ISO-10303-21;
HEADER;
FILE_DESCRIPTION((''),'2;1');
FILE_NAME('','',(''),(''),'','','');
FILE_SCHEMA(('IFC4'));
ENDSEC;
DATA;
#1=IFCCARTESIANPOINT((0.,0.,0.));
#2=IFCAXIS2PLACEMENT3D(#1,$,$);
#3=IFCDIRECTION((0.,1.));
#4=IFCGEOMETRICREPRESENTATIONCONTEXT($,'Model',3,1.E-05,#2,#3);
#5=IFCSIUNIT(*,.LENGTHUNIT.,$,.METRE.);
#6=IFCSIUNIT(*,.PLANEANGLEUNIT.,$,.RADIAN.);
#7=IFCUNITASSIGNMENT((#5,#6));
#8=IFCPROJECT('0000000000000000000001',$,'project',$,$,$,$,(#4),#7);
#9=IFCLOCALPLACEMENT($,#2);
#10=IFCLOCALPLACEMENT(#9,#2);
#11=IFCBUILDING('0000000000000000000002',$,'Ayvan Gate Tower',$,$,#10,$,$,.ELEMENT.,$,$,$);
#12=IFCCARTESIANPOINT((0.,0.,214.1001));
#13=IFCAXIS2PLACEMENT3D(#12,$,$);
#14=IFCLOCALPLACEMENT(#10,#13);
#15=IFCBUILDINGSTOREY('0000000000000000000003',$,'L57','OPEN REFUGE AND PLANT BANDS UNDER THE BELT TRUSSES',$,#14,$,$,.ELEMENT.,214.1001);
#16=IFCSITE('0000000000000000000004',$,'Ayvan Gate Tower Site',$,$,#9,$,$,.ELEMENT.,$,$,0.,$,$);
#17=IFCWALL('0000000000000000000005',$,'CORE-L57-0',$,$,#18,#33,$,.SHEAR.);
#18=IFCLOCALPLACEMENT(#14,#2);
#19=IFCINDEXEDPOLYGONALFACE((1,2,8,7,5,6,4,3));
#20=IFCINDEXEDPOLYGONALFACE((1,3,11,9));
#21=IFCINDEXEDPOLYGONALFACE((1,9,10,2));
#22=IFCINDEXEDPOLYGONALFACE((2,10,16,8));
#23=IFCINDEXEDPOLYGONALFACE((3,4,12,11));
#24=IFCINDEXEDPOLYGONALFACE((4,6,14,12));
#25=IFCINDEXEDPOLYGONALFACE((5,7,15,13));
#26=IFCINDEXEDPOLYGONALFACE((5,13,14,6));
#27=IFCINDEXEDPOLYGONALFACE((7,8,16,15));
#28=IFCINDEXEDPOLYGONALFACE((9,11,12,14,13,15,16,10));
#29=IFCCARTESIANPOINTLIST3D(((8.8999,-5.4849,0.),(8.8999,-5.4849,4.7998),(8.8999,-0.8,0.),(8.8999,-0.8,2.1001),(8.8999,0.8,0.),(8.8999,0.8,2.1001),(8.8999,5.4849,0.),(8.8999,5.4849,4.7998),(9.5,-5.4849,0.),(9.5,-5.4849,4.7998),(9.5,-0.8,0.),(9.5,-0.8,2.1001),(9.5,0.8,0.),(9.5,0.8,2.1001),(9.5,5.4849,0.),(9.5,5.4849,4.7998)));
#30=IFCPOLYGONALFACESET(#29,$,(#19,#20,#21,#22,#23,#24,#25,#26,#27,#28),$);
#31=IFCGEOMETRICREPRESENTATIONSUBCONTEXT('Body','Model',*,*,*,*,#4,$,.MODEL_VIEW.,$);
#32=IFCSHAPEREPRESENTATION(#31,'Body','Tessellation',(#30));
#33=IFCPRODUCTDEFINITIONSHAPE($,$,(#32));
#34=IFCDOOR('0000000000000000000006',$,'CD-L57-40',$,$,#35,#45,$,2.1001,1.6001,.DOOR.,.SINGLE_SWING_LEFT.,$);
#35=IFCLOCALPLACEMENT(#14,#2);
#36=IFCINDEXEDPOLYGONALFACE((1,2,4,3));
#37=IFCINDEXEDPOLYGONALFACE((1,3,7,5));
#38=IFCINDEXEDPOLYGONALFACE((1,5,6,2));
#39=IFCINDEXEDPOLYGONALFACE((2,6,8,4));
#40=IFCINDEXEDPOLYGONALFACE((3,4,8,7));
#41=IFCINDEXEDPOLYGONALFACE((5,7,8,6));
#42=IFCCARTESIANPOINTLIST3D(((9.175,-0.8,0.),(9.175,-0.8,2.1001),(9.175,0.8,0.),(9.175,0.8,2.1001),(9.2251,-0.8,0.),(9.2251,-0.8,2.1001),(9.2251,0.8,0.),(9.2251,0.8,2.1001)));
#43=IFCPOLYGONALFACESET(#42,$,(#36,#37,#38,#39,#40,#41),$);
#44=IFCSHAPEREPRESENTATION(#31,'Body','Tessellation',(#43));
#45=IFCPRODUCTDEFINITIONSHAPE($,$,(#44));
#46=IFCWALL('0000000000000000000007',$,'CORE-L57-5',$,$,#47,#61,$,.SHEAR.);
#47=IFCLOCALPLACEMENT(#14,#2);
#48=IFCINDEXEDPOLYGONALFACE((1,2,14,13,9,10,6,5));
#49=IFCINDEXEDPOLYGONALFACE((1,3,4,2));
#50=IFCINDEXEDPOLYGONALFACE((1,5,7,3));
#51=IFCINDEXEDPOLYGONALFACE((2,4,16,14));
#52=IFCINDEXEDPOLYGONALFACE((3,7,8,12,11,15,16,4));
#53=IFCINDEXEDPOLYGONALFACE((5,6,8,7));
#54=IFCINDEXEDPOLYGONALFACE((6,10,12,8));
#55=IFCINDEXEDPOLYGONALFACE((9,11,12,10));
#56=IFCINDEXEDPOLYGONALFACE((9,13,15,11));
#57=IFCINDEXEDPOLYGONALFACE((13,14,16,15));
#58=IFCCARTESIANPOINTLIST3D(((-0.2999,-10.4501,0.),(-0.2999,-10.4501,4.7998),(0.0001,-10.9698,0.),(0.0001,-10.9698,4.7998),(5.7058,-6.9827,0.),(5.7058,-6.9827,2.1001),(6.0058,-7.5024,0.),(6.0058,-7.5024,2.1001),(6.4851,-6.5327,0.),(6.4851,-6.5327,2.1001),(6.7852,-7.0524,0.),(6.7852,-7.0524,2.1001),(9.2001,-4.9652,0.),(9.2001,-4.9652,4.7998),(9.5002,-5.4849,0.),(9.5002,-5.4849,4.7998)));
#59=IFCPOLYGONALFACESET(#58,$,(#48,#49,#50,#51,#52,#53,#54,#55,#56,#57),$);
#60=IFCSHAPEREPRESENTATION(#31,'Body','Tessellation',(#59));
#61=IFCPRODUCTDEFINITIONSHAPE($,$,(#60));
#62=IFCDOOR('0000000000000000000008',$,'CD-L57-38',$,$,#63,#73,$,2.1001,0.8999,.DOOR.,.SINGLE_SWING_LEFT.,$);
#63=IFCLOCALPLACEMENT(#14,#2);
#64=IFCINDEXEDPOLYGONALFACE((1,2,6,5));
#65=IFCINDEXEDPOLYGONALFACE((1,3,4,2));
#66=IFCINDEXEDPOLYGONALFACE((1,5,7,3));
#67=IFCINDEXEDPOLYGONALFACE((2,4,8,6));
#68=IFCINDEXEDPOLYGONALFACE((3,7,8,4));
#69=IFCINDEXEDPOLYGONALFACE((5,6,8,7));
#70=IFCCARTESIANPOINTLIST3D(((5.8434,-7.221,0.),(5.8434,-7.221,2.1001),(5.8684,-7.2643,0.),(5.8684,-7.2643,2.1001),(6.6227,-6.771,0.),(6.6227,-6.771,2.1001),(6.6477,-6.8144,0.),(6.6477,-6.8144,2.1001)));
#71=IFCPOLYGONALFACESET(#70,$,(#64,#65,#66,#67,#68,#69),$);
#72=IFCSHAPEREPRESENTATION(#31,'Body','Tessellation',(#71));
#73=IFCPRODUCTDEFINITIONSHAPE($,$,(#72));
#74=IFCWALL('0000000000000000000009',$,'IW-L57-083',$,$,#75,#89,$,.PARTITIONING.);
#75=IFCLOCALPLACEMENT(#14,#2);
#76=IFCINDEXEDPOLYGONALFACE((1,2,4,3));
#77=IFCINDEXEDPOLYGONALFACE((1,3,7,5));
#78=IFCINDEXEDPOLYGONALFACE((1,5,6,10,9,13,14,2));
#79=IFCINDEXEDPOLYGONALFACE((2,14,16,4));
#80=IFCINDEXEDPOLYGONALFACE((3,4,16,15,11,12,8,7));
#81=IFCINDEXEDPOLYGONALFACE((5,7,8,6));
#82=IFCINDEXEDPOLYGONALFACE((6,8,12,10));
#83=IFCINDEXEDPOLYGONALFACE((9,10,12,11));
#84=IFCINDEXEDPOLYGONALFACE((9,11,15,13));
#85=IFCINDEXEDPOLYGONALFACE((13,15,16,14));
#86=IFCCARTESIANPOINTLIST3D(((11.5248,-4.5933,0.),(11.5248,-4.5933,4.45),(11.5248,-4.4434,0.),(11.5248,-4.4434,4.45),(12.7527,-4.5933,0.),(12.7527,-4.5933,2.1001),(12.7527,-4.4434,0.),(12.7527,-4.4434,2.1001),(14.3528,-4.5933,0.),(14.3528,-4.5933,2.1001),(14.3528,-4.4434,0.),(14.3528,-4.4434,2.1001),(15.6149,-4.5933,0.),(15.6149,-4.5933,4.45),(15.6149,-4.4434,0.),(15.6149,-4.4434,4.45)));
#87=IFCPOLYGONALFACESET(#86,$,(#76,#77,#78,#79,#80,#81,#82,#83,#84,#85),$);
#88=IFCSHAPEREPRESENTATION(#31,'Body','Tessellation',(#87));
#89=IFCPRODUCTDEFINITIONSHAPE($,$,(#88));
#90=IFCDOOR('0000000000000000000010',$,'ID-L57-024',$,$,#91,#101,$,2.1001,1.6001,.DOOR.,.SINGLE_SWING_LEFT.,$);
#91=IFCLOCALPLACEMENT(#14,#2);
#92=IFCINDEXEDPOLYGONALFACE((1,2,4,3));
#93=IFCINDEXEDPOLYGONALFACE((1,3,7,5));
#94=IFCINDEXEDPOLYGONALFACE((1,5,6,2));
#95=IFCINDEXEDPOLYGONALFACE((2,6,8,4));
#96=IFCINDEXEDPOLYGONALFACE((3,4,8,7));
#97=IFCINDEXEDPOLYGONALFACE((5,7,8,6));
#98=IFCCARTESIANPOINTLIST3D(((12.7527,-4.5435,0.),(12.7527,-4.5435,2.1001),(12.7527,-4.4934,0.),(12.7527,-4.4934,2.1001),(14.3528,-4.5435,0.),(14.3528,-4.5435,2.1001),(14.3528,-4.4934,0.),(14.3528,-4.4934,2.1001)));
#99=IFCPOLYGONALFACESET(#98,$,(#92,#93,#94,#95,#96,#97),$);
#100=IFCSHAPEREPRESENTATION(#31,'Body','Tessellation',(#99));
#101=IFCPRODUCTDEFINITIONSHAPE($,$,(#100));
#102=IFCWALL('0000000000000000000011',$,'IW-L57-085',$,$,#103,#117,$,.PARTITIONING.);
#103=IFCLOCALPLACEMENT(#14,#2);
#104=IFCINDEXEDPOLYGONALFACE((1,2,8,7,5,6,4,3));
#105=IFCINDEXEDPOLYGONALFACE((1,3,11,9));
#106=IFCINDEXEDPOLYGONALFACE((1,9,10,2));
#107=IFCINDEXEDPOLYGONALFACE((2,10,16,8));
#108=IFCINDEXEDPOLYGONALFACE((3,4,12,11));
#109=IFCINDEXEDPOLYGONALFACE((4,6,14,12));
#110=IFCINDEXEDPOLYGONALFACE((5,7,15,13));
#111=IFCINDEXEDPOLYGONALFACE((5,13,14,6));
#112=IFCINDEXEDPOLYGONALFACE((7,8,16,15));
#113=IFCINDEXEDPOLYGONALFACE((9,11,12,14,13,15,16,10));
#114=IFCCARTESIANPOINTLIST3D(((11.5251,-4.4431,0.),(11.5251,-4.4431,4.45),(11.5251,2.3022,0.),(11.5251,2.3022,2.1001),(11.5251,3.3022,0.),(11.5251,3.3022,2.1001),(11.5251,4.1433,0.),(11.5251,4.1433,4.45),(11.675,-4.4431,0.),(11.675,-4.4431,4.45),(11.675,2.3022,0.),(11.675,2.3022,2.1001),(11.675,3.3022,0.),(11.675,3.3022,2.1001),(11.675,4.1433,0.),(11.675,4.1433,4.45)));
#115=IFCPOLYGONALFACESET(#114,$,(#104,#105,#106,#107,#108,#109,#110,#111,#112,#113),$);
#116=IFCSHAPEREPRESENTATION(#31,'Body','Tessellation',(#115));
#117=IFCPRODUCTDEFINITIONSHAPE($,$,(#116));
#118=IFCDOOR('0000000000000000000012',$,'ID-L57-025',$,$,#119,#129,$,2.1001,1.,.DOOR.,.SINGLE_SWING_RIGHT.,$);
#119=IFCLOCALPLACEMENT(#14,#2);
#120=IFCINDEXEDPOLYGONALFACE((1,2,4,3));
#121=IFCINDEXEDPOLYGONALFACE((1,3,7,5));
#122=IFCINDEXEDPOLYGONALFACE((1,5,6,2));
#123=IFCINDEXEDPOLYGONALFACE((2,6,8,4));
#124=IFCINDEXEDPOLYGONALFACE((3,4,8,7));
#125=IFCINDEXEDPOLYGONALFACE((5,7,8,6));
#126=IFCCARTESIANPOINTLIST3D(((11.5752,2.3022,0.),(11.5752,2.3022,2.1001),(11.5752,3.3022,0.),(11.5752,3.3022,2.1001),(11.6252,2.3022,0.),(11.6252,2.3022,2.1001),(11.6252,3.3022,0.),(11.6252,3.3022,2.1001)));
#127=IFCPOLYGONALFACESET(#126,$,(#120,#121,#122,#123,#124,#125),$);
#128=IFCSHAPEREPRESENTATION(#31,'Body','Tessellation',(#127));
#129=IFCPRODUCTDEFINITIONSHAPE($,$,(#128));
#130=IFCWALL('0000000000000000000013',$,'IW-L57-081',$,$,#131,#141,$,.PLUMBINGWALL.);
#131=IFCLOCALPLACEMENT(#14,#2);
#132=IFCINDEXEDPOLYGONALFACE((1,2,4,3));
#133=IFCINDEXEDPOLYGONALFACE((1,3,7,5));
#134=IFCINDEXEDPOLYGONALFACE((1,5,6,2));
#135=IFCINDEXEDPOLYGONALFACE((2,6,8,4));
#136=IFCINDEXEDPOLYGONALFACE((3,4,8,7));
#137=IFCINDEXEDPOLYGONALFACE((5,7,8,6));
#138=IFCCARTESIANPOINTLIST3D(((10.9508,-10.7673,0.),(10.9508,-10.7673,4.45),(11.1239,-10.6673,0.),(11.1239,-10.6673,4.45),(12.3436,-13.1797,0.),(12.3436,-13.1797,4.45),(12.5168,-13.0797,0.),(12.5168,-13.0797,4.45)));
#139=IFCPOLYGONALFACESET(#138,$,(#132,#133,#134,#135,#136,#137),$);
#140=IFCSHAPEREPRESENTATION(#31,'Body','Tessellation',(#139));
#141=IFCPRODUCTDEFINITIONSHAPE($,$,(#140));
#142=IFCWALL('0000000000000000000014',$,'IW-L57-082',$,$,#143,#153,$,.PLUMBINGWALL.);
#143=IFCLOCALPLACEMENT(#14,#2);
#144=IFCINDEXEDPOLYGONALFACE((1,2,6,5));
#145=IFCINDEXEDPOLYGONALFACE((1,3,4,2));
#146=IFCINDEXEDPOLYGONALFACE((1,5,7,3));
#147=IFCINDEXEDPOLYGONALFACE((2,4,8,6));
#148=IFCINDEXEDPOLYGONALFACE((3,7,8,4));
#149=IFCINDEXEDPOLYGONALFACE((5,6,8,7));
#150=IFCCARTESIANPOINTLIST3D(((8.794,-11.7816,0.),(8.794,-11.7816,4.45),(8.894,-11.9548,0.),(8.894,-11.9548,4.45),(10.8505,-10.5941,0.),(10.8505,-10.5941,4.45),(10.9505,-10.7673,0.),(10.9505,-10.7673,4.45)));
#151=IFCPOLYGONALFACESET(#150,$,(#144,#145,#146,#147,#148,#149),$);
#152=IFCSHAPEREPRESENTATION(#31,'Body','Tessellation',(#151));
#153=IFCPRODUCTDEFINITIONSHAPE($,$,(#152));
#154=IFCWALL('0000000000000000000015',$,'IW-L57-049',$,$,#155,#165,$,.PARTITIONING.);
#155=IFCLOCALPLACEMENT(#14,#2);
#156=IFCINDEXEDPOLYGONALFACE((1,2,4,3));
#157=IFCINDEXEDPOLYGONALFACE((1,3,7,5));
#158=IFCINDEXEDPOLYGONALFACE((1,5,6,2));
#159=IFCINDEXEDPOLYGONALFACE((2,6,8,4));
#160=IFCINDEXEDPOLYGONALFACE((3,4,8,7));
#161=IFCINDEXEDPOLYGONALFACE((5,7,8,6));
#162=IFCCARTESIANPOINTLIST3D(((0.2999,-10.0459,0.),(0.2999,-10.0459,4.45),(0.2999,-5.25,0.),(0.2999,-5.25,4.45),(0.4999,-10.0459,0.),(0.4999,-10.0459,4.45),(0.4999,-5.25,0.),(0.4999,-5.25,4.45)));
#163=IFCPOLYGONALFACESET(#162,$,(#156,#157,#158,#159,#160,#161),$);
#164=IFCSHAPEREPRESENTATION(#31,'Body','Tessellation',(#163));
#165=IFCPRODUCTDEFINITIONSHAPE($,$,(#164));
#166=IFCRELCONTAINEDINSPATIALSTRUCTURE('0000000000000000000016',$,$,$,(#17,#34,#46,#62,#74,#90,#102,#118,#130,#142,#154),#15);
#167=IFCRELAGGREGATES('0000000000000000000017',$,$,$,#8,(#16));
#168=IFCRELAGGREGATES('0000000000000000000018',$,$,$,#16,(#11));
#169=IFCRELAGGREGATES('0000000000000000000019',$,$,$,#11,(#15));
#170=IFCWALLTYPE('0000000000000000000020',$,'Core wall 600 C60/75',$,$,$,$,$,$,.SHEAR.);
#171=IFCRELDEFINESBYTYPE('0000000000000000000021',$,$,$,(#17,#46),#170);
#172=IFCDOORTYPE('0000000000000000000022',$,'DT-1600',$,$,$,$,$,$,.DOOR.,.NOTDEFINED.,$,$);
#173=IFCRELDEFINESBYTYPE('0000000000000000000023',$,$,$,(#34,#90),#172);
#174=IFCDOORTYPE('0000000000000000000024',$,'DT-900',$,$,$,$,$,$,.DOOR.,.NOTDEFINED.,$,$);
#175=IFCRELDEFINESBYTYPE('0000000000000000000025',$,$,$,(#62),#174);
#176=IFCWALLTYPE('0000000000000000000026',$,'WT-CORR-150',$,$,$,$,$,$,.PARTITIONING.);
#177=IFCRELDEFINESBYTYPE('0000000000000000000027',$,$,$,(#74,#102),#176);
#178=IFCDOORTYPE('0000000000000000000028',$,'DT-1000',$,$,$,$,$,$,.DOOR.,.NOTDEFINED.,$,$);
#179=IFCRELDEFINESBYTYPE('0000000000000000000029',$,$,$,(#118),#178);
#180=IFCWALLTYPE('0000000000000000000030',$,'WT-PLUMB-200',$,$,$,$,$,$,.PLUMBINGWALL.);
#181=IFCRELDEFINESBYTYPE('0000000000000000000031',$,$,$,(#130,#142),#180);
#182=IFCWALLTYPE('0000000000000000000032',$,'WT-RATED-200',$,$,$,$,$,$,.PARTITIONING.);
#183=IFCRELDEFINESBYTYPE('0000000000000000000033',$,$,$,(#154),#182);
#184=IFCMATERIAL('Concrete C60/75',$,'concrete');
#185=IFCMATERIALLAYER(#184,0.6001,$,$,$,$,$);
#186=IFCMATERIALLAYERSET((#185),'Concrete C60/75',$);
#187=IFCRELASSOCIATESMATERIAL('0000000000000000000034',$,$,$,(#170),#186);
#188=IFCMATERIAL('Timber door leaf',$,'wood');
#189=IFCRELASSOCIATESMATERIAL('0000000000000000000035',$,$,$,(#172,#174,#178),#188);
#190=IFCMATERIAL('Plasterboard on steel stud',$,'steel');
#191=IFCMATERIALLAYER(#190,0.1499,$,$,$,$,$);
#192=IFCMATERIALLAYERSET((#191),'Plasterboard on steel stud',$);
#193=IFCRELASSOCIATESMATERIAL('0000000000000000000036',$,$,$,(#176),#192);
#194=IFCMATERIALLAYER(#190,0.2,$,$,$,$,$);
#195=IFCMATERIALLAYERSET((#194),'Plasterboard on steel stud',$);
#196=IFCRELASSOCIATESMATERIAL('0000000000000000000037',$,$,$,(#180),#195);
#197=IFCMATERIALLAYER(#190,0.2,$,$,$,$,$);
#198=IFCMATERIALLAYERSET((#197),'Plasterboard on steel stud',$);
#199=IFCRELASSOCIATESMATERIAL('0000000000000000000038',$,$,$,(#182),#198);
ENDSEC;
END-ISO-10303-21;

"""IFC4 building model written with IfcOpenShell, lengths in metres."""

from ifc_helpers import new_model, si_unit, direction, frame, frame_2d, origin, place, context, subcontext, project, spatial, rectangle, extrude, material, layer, layer_set, type_object, element, fill, save


model = new_model("IFC4")

# Units and contexts
model_context = context("Model", 3, precision=1e-05, world=origin(), true_north=direction((0.0, 1.0)))
body_context = subcontext(model_context, "Body", "Model", "MODEL_VIEW")
ifc_project = project(units=[si_unit("LENGTHUNIT", "METRE"), si_unit("PLANEANGLEUNIT", "RADIAN")], contexts=[model_context])

# Site, building, storey
site_placement = place(None, origin())
site = spatial("IfcSite", under=ifc_project, at=site_placement, Name="Ayvan Gate Tower Site", CompositionType="ELEMENT", RefElevation=0.0)
building_placement = place(site_placement, origin())
building = spatial("IfcBuilding", under=site, at=building_placement, Name="Ayvan Gate Tower", CompositionType="ELEMENT")
storey_placement = place(building_placement, frame((0.0, 0.0, 214.1001)))
storey = spatial("IfcBuildingStorey", under=building, at=storey_placement, Name="L57", Description="OPEN REFUGE AND PLANT BANDS UNDER THE BELT TRUSSES", CompositionType="ELEMENT", Elevation=214.1001)

# Walls, openings, doors
ifc_material_1 = material(Name="Concrete C60/75", Category="concrete")
ifc_layer_1 = layer(ifc_material_1, 0.6001)
ifc_layer_set_1 = layer_set([ifc_layer_1], Name="Concrete C60/75")
wall_type_1 = type_object("IfcWallType", Name="Core wall 600 C60/75", PredefinedType="SHEAR", material=ifc_layer_set_1)
wall_1_placement = place(storey_placement, frame((9.2, -5.4849, 0.0), z_axis=(0.0, 0.0, 1.0), x_axis=(0.0, 1.0, 0.0)))
wall_1 = element("IfcWall", 1, at=wall_1_placement, inside=storey, type_object=wall_type_1, Name="CORE-L57-0", PredefinedType="SHEAR", context=body_context, shape_type="SweptSolid", body=[
    extrude(rectangle(XDim=10.9697, YDim=0.6001, at=frame_2d((5.4849, 0.0))), origin(), (0.0, 0.0, 1.0), 4.7998),
])
opening_1_placement = place(wall_1_placement, frame((4.6848, 0.0, 0.0)))
opening_1 = element("IfcOpeningElement", 2, at=opening_1_placement, cuts=wall_1, PredefinedType="OPENING", context=body_context, shape_type="SweptSolid", body=[
    extrude(rectangle(XDim=1.6001, YDim=2.1001, at=frame_2d((0.8, 1.05))), frame((0.0, 0.3101, 0.0), z_axis=(0.0, -1.0, 0.0), x_axis=(1.0, 0.0, 0.0)), (0.0, 0.0, 1.0), 0.6201),
])
ifc_material_2 = material(Name="Timber door leaf", Category="wood")
door_type_1 = type_object("IfcDoorType", Name="DT-1600", OperationType="NOTDEFINED", PredefinedType="DOOR", material=ifc_material_2)
door_1_placement = place(opening_1_placement, origin())
door_1 = element("IfcDoor", 3, at=door_1_placement, inside=storey, type_object=door_type_1, Name="CD-L57-40", OperationType="SINGLE_SWING_LEFT", OverallHeight=2.1001, OverallWidth=1.6001, PredefinedType="DOOR", context=body_context, shape_type="SweptSolid", body=[
    extrude(rectangle(XDim=1.6001, YDim=2.1001, at=frame_2d((0.8, 1.05))), frame((0.0, 0.0249, 0.0), z_axis=(0.0, -1.0, 0.0), x_axis=(1.0, 0.0, 0.0)), (0.0, 0.0, 1.0), 0.05),
])
fill(opening_1, door_1)
wall_2_placement = place(storey_placement, frame((-0.1499, -10.71, 0.0), z_axis=(0.0, 0.0, 1.0), x_axis=(0.866024, 0.500002, 0.0)))
wall_2 = element("IfcWall", 4, at=wall_2_placement, inside=storey, type_object=wall_type_1, Name="CORE-L57-5", PredefinedType="SHEAR", context=body_context, shape_type="SweptSolid", body=[
    extrude(rectangle(XDim=10.9697, YDim=0.6001, at=frame_2d((5.4849, 0.0))), origin(), (0.0, 0.0, 1.0), 4.7998),
])
opening_2_placement = place(wall_2_placement, frame((6.9348, 0.0, 0.0)))
opening_2 = element("IfcOpeningElement", 5, at=opening_2_placement, cuts=wall_2, PredefinedType="OPENING", context=body_context, shape_type="SweptSolid", body=[
    extrude(rectangle(XDim=0.8999, YDim=2.1001, at=frame_2d((0.45, 1.05))), frame((0.0, 0.3101, 0.0), z_axis=(0.0, -1.0, 0.0), x_axis=(1.0, 0.0, 0.0)), (0.0, 0.0, 1.0), 0.6201),
])
door_type_2 = type_object("IfcDoorType", Name="DT-900", OperationType="NOTDEFINED", PredefinedType="DOOR", material=ifc_material_2)
door_2_placement = place(opening_2_placement, origin())
door_2 = element("IfcDoor", 6, at=door_2_placement, inside=storey, type_object=door_type_2, Name="CD-L57-38", OperationType="SINGLE_SWING_LEFT", OverallHeight=2.1001, OverallWidth=0.8999, PredefinedType="DOOR", context=body_context, shape_type="SweptSolid", body=[
    extrude(rectangle(XDim=0.8999, YDim=2.1001, at=frame_2d((0.45, 1.05))), frame((0.0, 0.0249, 0.0), z_axis=(0.0, -1.0, 0.0), x_axis=(1.0, 0.0, 0.0)), (0.0, 0.0, 1.0), 0.05),
])
fill(opening_2, door_2)
ifc_material_3 = material(Name="Plasterboard on steel stud", Category="steel")
ifc_layer_2 = layer(ifc_material_3, 0.1499)
ifc_layer_set_2 = layer_set([ifc_layer_2], Name="Plasterboard on steel stud")
wall_type_2 = type_object("IfcWallType", Name="WT-CORR-150", PredefinedType="PARTITIONING", material=ifc_layer_set_2)
wall_3_placement = place(storey_placement, frame((11.5249, -4.5183, 0.0), z_axis=(0.0, 0.0, 1.0), x_axis=(1.0, 0.0, 0.0)))
wall_3 = element("IfcWall", 7, at=wall_3_placement, inside=storey, type_object=wall_type_2, Name="IW-L57-083", PredefinedType="PARTITIONING", context=body_context, shape_type="SweptSolid", body=[
    extrude(rectangle(XDim=4.0901, YDim=0.1499, at=frame_2d((2.0449, 0.0))), origin(), (0.0, 0.0, 1.0), 4.45),
])
opening_3_placement = place(wall_3_placement, frame((1.2278, 0.0, 0.0)))
opening_3 = element("IfcOpeningElement", 8, at=opening_3_placement, cuts=wall_3, PredefinedType="OPENING", context=body_context, shape_type="SweptSolid", body=[
    extrude(rectangle(XDim=1.6001, YDim=2.1001, at=frame_2d((0.8, 1.05))), frame((0.0, 0.085, 0.0), z_axis=(0.0, -1.0, 0.0), x_axis=(1.0, 0.0, 0.0)), (0.0, 0.0, 1.0), 0.1699),
])
door_3_placement = place(opening_3_placement, origin())
door_3 = element("IfcDoor", 9, at=door_3_placement, inside=storey, type_object=door_type_1, Name="ID-L57-024", OperationType="SINGLE_SWING_LEFT", OverallHeight=2.1001, OverallWidth=1.6001, PredefinedType="DOOR", context=body_context, shape_type="SweptSolid", body=[
    extrude(rectangle(XDim=1.6001, YDim=2.1001, at=frame_2d((0.8, 1.05))), frame((0.0, 0.0249, 0.0), z_axis=(0.0, -1.0, 0.0), x_axis=(1.0, 0.0, 0.0)), (0.0, 0.0, 1.0), 0.05),
])
fill(opening_3, door_3)
wall_4_placement = place(storey_placement, frame((11.6001, -4.4431, 0.0), z_axis=(0.0, 0.0, 1.0), x_axis=(0.0, 1.0, 0.0)))
wall_4 = element("IfcWall", 10, at=wall_4_placement, inside=storey, type_object=wall_type_2, Name="IW-L57-085", PredefinedType="PARTITIONING", context=body_context, shape_type="SweptSolid", body=[
    extrude(rectangle(XDim=8.5864, YDim=0.1499, at=frame_2d((4.2932, 0.0))), origin(), (0.0, 0.0, 1.0), 4.45),
])
opening_4_placement = place(wall_4_placement, frame((6.7454, 0.0, 0.0)))
opening_4 = element("IfcOpeningElement", 11, at=opening_4_placement, cuts=wall_4, PredefinedType="OPENING", context=body_context, shape_type="SweptSolid", body=[
    extrude(rectangle(XDim=1.0, YDim=2.1001, at=frame_2d((0.5, 1.05))), frame((0.0, 0.085, 0.0), z_axis=(0.0, -1.0, 0.0), x_axis=(1.0, 0.0, 0.0)), (0.0, 0.0, 1.0), 0.1699),
])
door_type_3 = type_object("IfcDoorType", Name="DT-1000", OperationType="NOTDEFINED", PredefinedType="DOOR", material=ifc_material_2)
door_4_placement = place(opening_4_placement, origin())
door_4 = element("IfcDoor", 12, at=door_4_placement, inside=storey, type_object=door_type_3, Name="ID-L57-025", OperationType="SINGLE_SWING_RIGHT", OverallHeight=2.1001, OverallWidth=1.0, PredefinedType="DOOR", context=body_context, shape_type="SweptSolid", body=[
    extrude(rectangle(XDim=1.0, YDim=2.1001, at=frame_2d((0.5, 1.05))), frame((0.0, 0.0249, 0.0), z_axis=(0.0, -1.0, 0.0), x_axis=(1.0, 0.0, 0.0)), (0.0, 0.0, 1.0), 0.05),
])
fill(opening_4, door_4)

# Walls
ifc_layer_3 = layer(ifc_material_3, 0.2)
ifc_layer_set_3 = layer_set([ifc_layer_3], Name="Plasterboard on steel stud")
wall_type_3 = type_object("IfcWallType", Name="WT-PLUMB-200", PredefinedType="PLUMBINGWALL", material=ifc_layer_set_3)
wall_5_placement = place(storey_placement, frame((11.0374, -10.7173, 0.0), z_axis=(0.0, 0.0, 1.0), x_axis=(0.500013, -0.866018, 0.0)))
element("IfcWall", 13, at=wall_5_placement, inside=storey, type_object=wall_type_3, Name="IW-L57-081", PredefinedType="PLUMBINGWALL", context=body_context, shape_type="SweptSolid", body=[
    extrude(rectangle(XDim=2.7856, YDim=0.2, at=frame_2d((1.3928, 0.0))), origin(), (0.0, 0.0, 1.0), 4.45),
])
wall_6_placement = place(storey_placement, frame((10.9006, -10.6807, 0.0), z_axis=(0.0, 0.0, 1.0), x_axis=(-0.866008, -0.500031, 0.0)))
element("IfcWall", 14, at=wall_6_placement, inside=storey, type_object=wall_type_3, Name="IW-L57-082", PredefinedType="PLUMBINGWALL", context=body_context, shape_type="SweptSolid", body=[
    extrude(rectangle(XDim=2.3748, YDim=0.2, at=frame_2d((1.1875, 0.0))), origin(), (0.0, 0.0, 1.0), 4.45),
])
ifc_layer_4 = layer(ifc_material_3, 0.2)
ifc_layer_set_4 = layer_set([ifc_layer_4], Name="Plasterboard on steel stud")
wall_type_4 = type_object("IfcWallType", Name="WT-RATED-200", PredefinedType="PARTITIONING", material=ifc_layer_set_4)
wall_7_placement = place(storey_placement, frame((0.3999, -5.25, 0.0), z_axis=(0.0, 0.0, 1.0), x_axis=(0.0, -1.0, 0.0)))
element("IfcWall", 15, at=wall_7_placement, inside=storey, type_object=wall_type_4, Name="IW-L57-049", PredefinedType="PARTITIONING", context=body_context, shape_type="SweptSolid", body=[
    extrude(rectangle(XDim=4.7959, YDim=0.2, at=frame_2d((2.3979, 0.0))), origin(), (0.0, 0.0, 1.0), 4.45),
])

save(model, "model.ifc")
